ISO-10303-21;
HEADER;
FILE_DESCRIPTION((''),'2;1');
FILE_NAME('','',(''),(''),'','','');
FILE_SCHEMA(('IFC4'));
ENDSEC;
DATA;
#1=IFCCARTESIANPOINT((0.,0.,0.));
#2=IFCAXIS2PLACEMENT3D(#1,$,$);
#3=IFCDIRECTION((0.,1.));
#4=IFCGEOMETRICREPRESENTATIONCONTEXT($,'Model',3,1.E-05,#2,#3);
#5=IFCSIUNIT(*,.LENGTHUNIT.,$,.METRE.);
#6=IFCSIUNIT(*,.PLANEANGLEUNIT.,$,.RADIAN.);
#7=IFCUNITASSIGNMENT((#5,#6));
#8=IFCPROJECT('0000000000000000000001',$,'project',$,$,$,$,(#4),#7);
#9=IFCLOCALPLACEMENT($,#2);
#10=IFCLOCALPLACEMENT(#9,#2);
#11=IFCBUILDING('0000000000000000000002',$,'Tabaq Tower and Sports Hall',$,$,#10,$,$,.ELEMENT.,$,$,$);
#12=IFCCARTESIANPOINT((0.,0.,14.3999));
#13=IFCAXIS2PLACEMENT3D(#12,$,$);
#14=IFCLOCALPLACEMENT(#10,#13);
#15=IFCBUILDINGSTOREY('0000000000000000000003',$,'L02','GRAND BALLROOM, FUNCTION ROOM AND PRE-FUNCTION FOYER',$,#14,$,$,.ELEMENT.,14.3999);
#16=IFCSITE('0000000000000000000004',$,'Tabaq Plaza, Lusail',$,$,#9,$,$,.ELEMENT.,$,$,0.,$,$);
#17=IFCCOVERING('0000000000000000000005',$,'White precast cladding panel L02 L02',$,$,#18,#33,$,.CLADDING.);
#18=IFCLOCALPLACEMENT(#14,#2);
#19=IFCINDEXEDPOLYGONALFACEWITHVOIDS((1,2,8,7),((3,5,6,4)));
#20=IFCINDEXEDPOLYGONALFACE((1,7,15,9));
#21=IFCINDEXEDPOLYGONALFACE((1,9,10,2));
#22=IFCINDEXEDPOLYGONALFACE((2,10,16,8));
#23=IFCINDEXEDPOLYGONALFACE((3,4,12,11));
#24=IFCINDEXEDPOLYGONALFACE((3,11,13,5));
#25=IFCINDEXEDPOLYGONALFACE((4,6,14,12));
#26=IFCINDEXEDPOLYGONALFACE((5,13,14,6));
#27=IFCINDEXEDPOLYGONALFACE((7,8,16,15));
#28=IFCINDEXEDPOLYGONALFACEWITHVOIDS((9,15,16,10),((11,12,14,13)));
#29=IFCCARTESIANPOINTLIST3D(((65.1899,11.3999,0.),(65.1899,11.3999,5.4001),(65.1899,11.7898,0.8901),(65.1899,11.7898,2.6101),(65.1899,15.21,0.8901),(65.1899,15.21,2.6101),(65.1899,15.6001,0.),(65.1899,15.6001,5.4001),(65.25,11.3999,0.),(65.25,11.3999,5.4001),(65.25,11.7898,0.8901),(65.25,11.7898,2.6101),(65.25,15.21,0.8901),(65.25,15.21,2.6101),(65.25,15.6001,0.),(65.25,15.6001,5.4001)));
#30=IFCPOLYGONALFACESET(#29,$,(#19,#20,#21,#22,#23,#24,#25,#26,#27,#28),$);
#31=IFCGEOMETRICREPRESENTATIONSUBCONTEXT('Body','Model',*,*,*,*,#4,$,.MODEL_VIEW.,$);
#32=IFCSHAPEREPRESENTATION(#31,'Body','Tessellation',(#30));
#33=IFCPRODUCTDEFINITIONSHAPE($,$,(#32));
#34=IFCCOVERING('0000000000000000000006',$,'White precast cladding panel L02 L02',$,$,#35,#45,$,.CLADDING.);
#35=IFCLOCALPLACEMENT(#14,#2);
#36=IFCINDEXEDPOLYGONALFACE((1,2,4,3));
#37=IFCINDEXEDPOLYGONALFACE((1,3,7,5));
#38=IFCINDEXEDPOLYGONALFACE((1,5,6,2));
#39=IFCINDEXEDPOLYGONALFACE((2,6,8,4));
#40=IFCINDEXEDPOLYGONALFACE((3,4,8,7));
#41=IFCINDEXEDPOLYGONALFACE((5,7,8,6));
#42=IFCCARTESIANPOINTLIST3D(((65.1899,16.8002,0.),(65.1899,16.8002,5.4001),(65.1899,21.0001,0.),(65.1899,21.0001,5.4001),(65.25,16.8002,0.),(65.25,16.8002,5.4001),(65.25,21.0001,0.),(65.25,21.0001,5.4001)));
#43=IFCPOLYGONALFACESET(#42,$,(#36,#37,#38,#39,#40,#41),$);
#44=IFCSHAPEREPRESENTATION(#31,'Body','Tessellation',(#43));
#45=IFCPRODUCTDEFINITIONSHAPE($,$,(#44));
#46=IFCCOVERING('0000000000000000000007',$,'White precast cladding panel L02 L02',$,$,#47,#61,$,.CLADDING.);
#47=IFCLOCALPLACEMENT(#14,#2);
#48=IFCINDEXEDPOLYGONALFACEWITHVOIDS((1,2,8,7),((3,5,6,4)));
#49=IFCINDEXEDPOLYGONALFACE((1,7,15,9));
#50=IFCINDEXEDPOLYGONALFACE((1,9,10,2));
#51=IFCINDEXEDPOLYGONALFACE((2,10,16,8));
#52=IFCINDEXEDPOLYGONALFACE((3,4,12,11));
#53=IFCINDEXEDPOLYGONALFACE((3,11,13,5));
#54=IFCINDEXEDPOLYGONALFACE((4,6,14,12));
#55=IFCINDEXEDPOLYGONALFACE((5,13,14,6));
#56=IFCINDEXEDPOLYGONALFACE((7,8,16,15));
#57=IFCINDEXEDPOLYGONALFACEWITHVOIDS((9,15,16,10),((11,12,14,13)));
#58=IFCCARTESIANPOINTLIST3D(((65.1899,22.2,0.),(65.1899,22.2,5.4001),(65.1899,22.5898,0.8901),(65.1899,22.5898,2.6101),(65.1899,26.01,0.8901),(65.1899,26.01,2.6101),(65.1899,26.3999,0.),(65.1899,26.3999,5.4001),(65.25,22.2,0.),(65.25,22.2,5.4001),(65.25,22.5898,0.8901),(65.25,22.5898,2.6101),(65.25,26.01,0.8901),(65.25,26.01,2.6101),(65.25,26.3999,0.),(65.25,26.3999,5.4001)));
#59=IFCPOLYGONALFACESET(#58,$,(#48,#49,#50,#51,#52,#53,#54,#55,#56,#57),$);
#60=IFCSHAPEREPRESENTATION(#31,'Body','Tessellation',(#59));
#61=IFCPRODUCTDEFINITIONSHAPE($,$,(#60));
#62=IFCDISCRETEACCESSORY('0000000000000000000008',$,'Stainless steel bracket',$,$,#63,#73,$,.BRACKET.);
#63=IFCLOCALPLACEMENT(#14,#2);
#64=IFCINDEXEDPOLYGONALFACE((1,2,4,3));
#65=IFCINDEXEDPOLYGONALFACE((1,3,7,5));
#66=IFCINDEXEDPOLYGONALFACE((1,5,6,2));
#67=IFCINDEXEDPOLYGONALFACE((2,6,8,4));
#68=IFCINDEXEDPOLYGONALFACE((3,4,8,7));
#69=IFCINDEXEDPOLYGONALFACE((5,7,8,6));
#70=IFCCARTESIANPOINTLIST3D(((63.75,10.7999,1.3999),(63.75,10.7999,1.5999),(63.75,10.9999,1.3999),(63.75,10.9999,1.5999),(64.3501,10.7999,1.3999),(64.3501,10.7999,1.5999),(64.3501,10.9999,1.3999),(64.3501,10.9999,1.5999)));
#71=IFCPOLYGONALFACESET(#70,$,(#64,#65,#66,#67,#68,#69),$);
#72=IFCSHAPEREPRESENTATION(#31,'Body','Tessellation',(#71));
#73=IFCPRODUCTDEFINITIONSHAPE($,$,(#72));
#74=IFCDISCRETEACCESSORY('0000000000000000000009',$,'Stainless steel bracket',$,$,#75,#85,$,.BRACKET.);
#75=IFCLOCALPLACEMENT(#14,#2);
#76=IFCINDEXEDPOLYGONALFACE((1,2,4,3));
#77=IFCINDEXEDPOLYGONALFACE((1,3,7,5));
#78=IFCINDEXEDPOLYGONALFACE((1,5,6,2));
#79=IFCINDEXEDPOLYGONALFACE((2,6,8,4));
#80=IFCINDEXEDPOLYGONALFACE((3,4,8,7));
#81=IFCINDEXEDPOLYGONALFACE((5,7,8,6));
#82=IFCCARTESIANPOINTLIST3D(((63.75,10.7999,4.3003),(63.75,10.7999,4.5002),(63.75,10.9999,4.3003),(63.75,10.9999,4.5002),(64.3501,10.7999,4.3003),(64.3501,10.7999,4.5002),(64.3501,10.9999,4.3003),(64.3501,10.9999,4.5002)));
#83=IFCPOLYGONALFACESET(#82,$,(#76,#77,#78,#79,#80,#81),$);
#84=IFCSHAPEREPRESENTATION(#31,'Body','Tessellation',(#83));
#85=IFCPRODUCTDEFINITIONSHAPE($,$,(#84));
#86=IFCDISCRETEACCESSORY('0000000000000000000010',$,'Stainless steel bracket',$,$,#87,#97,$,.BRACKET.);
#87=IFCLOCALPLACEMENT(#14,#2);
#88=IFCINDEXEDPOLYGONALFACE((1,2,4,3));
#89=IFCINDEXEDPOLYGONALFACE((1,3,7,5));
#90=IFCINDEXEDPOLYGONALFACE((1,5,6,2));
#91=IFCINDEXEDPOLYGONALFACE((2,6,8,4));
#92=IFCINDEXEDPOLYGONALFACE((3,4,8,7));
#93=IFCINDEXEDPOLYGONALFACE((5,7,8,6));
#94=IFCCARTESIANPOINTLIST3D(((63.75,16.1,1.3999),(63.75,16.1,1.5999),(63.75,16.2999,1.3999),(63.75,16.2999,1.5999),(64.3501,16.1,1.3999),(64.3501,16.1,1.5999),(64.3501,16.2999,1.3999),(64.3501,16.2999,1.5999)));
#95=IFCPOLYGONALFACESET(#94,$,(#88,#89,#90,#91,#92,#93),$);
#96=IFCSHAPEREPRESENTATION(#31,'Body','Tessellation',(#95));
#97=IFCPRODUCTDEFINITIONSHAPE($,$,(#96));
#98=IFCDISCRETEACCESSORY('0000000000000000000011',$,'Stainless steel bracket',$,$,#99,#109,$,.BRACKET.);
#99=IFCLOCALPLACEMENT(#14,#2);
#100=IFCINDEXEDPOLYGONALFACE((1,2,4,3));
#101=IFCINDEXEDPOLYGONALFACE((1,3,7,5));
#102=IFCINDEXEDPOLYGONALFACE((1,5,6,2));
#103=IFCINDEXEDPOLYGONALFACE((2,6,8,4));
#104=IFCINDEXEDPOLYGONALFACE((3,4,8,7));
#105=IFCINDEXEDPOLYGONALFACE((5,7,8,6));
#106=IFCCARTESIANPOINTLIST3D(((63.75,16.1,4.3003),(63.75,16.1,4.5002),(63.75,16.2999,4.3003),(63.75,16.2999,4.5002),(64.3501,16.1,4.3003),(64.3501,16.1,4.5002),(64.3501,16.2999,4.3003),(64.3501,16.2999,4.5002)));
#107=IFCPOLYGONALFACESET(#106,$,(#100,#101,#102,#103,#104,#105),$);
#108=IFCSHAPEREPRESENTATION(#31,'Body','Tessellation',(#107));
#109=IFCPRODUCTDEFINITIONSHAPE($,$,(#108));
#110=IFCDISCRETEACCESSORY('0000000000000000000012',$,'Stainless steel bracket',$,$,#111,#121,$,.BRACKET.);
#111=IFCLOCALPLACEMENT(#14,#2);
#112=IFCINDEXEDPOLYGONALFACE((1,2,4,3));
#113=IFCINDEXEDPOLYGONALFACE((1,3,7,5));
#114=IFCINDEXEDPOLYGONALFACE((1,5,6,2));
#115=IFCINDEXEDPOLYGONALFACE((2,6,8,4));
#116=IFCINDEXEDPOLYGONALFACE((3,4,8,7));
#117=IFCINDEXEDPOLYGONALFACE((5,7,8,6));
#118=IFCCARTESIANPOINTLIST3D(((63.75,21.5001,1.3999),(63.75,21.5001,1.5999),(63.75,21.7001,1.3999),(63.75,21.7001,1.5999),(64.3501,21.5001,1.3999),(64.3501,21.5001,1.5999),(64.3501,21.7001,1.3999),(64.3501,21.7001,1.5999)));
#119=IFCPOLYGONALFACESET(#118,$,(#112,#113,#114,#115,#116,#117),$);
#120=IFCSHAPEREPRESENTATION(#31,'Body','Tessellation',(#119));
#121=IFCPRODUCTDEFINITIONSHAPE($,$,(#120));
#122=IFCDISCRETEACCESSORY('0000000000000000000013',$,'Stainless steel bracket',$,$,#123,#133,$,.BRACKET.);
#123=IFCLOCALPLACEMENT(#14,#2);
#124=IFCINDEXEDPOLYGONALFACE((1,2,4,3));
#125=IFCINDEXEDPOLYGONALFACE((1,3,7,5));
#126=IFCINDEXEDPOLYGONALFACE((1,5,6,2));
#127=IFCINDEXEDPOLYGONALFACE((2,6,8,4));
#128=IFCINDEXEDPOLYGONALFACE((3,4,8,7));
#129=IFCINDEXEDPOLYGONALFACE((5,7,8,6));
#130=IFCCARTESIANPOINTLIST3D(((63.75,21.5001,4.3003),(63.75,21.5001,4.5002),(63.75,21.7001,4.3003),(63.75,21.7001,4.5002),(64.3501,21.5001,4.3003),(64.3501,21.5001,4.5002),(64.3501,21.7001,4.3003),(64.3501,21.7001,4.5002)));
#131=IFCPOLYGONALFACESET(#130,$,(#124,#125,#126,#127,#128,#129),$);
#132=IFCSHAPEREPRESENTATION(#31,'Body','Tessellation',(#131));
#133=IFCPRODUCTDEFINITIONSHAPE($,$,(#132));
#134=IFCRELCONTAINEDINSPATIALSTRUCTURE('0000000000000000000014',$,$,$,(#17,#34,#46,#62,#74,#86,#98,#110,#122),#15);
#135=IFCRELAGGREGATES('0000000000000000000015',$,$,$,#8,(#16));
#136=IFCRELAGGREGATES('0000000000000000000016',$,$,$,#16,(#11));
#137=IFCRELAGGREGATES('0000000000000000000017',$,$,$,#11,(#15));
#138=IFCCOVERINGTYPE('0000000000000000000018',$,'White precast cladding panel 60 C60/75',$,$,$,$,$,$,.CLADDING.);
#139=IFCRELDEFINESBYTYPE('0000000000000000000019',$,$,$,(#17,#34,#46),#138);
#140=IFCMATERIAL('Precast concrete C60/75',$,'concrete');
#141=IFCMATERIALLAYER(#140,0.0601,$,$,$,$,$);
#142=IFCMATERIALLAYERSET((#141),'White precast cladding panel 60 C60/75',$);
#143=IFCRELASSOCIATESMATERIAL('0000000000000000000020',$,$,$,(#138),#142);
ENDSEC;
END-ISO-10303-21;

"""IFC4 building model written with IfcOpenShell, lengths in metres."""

from ifc_helpers import new_model, si_unit, direction, frame, frame_2d, origin, origin_2d, place, context, subcontext, project, spatial, polyline, rectangle, outline, extrude, material, layer, layer_set, type_object, element, save


model = new_model("IFC4")

# Units and contexts
model_context = context("Model", 3, precision=1e-05, world=origin(), true_north=direction((0.0, 1.0)))
body_context = subcontext(model_context, "Body", "Model", "MODEL_VIEW")
ifc_project = project(units=[si_unit("LENGTHUNIT", "METRE"), si_unit("PLANEANGLEUNIT", "RADIAN")], contexts=[model_context])

# Site, building, storey
site_placement = place(None, origin())
site = spatial("IfcSite", under=ifc_project, at=site_placement, Name="Tabaq Plaza, Lusail", CompositionType="ELEMENT", RefElevation=0.0)
building_placement = place(site_placement, origin())
building = spatial("IfcBuilding", under=site, at=building_placement, Name="Tabaq Tower and Sports Hall", CompositionType="ELEMENT")
storey_placement = place(building_placement, frame((0.0, 0.0, 14.3999)))
storey = spatial("IfcBuildingStorey", under=building, at=storey_placement, Name="L02", Description="GRAND BALLROOM, FUNCTION ROOM AND PRE-FUNCTION FOYER", CompositionType="ELEMENT", Elevation=14.3999)

# Coverings
ifc_material_1 = material(Name="Precast concrete C60/75", Category="concrete")
ifc_layer_1 = layer(ifc_material_1, 0.0601)
ifc_layer_set_1 = layer_set([ifc_layer_1], Name="White precast cladding panel 60 C60/75")
covering_type = type_object("IfcCoveringType", Name="White precast cladding panel 60 C60/75", PredefinedType="CLADDING", material=ifc_layer_set_1)
covering_1_placement = place(storey_placement, frame((65.22, 11.3999, 0.0), z_axis=(0.0, 0.0, 1.0), x_axis=(0.0, 1.0, 0.0)))
element("IfcCovering", 1, at=covering_1_placement, inside=storey, type_object=covering_type, Name="White precast cladding panel L02 L02", PredefinedType="CLADDING", context=body_context, shape_type="SweptSolid", body=[
    extrude(outline(polyline([(0.0, 0.0), (4.2002, 0.0), (4.2002, 5.4001), (0.0, 5.4001), (0.0, 0.0)]), holes=[polyline([(0.3899, 0.8901), (0.3899, 2.6101), (3.8101, 2.6101), (3.8101, 0.8901), (0.3899, 0.8901)])]), frame((0.0, 0.03, 0.0), z_axis=(0.0, -1.0, 0.0), x_axis=(1.0, 0.0, 0.0)), (0.0, 0.0, 1.0), 0.0601),
])
covering_2_placement = place(storey_placement, frame((65.22, 16.8, 0.0), z_axis=(0.0, 0.0, 1.0), x_axis=(0.0, 1.0, 0.0)))
element("IfcCovering", 2, at=covering_2_placement, inside=storey, type_object=covering_type, Name="White precast cladding panel L02 L02", PredefinedType="CLADDING", context=body_context, shape_type="SweptSolid", body=[
    extrude(rectangle(XDim=4.2, YDim=0.0601, at=frame_2d((2.1001, 0.0))), origin(), (0.0, 0.0, 1.0), 5.4001),
])
covering_3_placement = place(storey_placement, frame((65.22, 22.2, 0.0), z_axis=(0.0, 0.0, 1.0), x_axis=(0.0, 1.0, 0.0)))
element("IfcCovering", 3, at=covering_3_placement, inside=storey, type_object=covering_type, Name="White precast cladding panel L02 L02", PredefinedType="CLADDING", context=body_context, shape_type="SweptSolid", body=[
    extrude(outline(polyline([(0.0, 0.0), (4.2, 0.0), (4.2, 5.4001), (0.0, 5.4001), (0.0, 0.0)]), holes=[polyline([(0.3899, 0.8901), (0.3899, 2.6101), (3.8101, 2.6101), (3.8101, 0.8901), (0.3899, 0.8901)])]), frame((0.0, 0.03, 0.0), z_axis=(0.0, -1.0, 0.0), x_axis=(1.0, 0.0, 0.0)), (0.0, 0.0, 1.0), 0.0601),
])

# Discrete accessories
for number, where, z_axis, x_axis, name in (
    (4, (64.05, 10.8999, 1.3999), (0.0, 0.0, 1.0), (0.0, 1.0, 0.0), "Stainless steel bracket"),
    (5, (64.05, 10.8999, 4.3003), (0.0, 0.0, 1.0), (0.0, 1.0, 0.0), "Stainless steel bracket"),
    (6, (64.05, 16.2, 1.3999), (0.0, 0.0, 1.0), (0.0, 1.0, 0.0), "Stainless steel bracket"),
    (7, (64.05, 16.2, 4.3003), (0.0, 0.0, 1.0), (0.0, 1.0, 0.0), "Stainless steel bracket"),
    (8, (64.05, 21.6001, 1.3999), (0.0, 0.0, 1.0), (0.0, 1.0, 0.0), "Stainless steel bracket"),
    (9, (64.05, 21.6001, 4.3003), (0.0, 0.0, 1.0), (0.0, 1.0, 0.0), "Stainless steel bracket"),
):
    element("IfcDiscreteAccessory", number, at=place(storey_placement, frame(where, z_axis=z_axis, x_axis=x_axis)), inside=storey, Name=name, PredefinedType="BRACKET", context=body_context, shape_type="SweptSolid", body=[
        extrude(rectangle(XDim=0.2, YDim=0.6001, at=origin_2d()), origin(), (0.0, 0.0, 1.0), 0.2),
    ])

save(model, "model.ifc")
